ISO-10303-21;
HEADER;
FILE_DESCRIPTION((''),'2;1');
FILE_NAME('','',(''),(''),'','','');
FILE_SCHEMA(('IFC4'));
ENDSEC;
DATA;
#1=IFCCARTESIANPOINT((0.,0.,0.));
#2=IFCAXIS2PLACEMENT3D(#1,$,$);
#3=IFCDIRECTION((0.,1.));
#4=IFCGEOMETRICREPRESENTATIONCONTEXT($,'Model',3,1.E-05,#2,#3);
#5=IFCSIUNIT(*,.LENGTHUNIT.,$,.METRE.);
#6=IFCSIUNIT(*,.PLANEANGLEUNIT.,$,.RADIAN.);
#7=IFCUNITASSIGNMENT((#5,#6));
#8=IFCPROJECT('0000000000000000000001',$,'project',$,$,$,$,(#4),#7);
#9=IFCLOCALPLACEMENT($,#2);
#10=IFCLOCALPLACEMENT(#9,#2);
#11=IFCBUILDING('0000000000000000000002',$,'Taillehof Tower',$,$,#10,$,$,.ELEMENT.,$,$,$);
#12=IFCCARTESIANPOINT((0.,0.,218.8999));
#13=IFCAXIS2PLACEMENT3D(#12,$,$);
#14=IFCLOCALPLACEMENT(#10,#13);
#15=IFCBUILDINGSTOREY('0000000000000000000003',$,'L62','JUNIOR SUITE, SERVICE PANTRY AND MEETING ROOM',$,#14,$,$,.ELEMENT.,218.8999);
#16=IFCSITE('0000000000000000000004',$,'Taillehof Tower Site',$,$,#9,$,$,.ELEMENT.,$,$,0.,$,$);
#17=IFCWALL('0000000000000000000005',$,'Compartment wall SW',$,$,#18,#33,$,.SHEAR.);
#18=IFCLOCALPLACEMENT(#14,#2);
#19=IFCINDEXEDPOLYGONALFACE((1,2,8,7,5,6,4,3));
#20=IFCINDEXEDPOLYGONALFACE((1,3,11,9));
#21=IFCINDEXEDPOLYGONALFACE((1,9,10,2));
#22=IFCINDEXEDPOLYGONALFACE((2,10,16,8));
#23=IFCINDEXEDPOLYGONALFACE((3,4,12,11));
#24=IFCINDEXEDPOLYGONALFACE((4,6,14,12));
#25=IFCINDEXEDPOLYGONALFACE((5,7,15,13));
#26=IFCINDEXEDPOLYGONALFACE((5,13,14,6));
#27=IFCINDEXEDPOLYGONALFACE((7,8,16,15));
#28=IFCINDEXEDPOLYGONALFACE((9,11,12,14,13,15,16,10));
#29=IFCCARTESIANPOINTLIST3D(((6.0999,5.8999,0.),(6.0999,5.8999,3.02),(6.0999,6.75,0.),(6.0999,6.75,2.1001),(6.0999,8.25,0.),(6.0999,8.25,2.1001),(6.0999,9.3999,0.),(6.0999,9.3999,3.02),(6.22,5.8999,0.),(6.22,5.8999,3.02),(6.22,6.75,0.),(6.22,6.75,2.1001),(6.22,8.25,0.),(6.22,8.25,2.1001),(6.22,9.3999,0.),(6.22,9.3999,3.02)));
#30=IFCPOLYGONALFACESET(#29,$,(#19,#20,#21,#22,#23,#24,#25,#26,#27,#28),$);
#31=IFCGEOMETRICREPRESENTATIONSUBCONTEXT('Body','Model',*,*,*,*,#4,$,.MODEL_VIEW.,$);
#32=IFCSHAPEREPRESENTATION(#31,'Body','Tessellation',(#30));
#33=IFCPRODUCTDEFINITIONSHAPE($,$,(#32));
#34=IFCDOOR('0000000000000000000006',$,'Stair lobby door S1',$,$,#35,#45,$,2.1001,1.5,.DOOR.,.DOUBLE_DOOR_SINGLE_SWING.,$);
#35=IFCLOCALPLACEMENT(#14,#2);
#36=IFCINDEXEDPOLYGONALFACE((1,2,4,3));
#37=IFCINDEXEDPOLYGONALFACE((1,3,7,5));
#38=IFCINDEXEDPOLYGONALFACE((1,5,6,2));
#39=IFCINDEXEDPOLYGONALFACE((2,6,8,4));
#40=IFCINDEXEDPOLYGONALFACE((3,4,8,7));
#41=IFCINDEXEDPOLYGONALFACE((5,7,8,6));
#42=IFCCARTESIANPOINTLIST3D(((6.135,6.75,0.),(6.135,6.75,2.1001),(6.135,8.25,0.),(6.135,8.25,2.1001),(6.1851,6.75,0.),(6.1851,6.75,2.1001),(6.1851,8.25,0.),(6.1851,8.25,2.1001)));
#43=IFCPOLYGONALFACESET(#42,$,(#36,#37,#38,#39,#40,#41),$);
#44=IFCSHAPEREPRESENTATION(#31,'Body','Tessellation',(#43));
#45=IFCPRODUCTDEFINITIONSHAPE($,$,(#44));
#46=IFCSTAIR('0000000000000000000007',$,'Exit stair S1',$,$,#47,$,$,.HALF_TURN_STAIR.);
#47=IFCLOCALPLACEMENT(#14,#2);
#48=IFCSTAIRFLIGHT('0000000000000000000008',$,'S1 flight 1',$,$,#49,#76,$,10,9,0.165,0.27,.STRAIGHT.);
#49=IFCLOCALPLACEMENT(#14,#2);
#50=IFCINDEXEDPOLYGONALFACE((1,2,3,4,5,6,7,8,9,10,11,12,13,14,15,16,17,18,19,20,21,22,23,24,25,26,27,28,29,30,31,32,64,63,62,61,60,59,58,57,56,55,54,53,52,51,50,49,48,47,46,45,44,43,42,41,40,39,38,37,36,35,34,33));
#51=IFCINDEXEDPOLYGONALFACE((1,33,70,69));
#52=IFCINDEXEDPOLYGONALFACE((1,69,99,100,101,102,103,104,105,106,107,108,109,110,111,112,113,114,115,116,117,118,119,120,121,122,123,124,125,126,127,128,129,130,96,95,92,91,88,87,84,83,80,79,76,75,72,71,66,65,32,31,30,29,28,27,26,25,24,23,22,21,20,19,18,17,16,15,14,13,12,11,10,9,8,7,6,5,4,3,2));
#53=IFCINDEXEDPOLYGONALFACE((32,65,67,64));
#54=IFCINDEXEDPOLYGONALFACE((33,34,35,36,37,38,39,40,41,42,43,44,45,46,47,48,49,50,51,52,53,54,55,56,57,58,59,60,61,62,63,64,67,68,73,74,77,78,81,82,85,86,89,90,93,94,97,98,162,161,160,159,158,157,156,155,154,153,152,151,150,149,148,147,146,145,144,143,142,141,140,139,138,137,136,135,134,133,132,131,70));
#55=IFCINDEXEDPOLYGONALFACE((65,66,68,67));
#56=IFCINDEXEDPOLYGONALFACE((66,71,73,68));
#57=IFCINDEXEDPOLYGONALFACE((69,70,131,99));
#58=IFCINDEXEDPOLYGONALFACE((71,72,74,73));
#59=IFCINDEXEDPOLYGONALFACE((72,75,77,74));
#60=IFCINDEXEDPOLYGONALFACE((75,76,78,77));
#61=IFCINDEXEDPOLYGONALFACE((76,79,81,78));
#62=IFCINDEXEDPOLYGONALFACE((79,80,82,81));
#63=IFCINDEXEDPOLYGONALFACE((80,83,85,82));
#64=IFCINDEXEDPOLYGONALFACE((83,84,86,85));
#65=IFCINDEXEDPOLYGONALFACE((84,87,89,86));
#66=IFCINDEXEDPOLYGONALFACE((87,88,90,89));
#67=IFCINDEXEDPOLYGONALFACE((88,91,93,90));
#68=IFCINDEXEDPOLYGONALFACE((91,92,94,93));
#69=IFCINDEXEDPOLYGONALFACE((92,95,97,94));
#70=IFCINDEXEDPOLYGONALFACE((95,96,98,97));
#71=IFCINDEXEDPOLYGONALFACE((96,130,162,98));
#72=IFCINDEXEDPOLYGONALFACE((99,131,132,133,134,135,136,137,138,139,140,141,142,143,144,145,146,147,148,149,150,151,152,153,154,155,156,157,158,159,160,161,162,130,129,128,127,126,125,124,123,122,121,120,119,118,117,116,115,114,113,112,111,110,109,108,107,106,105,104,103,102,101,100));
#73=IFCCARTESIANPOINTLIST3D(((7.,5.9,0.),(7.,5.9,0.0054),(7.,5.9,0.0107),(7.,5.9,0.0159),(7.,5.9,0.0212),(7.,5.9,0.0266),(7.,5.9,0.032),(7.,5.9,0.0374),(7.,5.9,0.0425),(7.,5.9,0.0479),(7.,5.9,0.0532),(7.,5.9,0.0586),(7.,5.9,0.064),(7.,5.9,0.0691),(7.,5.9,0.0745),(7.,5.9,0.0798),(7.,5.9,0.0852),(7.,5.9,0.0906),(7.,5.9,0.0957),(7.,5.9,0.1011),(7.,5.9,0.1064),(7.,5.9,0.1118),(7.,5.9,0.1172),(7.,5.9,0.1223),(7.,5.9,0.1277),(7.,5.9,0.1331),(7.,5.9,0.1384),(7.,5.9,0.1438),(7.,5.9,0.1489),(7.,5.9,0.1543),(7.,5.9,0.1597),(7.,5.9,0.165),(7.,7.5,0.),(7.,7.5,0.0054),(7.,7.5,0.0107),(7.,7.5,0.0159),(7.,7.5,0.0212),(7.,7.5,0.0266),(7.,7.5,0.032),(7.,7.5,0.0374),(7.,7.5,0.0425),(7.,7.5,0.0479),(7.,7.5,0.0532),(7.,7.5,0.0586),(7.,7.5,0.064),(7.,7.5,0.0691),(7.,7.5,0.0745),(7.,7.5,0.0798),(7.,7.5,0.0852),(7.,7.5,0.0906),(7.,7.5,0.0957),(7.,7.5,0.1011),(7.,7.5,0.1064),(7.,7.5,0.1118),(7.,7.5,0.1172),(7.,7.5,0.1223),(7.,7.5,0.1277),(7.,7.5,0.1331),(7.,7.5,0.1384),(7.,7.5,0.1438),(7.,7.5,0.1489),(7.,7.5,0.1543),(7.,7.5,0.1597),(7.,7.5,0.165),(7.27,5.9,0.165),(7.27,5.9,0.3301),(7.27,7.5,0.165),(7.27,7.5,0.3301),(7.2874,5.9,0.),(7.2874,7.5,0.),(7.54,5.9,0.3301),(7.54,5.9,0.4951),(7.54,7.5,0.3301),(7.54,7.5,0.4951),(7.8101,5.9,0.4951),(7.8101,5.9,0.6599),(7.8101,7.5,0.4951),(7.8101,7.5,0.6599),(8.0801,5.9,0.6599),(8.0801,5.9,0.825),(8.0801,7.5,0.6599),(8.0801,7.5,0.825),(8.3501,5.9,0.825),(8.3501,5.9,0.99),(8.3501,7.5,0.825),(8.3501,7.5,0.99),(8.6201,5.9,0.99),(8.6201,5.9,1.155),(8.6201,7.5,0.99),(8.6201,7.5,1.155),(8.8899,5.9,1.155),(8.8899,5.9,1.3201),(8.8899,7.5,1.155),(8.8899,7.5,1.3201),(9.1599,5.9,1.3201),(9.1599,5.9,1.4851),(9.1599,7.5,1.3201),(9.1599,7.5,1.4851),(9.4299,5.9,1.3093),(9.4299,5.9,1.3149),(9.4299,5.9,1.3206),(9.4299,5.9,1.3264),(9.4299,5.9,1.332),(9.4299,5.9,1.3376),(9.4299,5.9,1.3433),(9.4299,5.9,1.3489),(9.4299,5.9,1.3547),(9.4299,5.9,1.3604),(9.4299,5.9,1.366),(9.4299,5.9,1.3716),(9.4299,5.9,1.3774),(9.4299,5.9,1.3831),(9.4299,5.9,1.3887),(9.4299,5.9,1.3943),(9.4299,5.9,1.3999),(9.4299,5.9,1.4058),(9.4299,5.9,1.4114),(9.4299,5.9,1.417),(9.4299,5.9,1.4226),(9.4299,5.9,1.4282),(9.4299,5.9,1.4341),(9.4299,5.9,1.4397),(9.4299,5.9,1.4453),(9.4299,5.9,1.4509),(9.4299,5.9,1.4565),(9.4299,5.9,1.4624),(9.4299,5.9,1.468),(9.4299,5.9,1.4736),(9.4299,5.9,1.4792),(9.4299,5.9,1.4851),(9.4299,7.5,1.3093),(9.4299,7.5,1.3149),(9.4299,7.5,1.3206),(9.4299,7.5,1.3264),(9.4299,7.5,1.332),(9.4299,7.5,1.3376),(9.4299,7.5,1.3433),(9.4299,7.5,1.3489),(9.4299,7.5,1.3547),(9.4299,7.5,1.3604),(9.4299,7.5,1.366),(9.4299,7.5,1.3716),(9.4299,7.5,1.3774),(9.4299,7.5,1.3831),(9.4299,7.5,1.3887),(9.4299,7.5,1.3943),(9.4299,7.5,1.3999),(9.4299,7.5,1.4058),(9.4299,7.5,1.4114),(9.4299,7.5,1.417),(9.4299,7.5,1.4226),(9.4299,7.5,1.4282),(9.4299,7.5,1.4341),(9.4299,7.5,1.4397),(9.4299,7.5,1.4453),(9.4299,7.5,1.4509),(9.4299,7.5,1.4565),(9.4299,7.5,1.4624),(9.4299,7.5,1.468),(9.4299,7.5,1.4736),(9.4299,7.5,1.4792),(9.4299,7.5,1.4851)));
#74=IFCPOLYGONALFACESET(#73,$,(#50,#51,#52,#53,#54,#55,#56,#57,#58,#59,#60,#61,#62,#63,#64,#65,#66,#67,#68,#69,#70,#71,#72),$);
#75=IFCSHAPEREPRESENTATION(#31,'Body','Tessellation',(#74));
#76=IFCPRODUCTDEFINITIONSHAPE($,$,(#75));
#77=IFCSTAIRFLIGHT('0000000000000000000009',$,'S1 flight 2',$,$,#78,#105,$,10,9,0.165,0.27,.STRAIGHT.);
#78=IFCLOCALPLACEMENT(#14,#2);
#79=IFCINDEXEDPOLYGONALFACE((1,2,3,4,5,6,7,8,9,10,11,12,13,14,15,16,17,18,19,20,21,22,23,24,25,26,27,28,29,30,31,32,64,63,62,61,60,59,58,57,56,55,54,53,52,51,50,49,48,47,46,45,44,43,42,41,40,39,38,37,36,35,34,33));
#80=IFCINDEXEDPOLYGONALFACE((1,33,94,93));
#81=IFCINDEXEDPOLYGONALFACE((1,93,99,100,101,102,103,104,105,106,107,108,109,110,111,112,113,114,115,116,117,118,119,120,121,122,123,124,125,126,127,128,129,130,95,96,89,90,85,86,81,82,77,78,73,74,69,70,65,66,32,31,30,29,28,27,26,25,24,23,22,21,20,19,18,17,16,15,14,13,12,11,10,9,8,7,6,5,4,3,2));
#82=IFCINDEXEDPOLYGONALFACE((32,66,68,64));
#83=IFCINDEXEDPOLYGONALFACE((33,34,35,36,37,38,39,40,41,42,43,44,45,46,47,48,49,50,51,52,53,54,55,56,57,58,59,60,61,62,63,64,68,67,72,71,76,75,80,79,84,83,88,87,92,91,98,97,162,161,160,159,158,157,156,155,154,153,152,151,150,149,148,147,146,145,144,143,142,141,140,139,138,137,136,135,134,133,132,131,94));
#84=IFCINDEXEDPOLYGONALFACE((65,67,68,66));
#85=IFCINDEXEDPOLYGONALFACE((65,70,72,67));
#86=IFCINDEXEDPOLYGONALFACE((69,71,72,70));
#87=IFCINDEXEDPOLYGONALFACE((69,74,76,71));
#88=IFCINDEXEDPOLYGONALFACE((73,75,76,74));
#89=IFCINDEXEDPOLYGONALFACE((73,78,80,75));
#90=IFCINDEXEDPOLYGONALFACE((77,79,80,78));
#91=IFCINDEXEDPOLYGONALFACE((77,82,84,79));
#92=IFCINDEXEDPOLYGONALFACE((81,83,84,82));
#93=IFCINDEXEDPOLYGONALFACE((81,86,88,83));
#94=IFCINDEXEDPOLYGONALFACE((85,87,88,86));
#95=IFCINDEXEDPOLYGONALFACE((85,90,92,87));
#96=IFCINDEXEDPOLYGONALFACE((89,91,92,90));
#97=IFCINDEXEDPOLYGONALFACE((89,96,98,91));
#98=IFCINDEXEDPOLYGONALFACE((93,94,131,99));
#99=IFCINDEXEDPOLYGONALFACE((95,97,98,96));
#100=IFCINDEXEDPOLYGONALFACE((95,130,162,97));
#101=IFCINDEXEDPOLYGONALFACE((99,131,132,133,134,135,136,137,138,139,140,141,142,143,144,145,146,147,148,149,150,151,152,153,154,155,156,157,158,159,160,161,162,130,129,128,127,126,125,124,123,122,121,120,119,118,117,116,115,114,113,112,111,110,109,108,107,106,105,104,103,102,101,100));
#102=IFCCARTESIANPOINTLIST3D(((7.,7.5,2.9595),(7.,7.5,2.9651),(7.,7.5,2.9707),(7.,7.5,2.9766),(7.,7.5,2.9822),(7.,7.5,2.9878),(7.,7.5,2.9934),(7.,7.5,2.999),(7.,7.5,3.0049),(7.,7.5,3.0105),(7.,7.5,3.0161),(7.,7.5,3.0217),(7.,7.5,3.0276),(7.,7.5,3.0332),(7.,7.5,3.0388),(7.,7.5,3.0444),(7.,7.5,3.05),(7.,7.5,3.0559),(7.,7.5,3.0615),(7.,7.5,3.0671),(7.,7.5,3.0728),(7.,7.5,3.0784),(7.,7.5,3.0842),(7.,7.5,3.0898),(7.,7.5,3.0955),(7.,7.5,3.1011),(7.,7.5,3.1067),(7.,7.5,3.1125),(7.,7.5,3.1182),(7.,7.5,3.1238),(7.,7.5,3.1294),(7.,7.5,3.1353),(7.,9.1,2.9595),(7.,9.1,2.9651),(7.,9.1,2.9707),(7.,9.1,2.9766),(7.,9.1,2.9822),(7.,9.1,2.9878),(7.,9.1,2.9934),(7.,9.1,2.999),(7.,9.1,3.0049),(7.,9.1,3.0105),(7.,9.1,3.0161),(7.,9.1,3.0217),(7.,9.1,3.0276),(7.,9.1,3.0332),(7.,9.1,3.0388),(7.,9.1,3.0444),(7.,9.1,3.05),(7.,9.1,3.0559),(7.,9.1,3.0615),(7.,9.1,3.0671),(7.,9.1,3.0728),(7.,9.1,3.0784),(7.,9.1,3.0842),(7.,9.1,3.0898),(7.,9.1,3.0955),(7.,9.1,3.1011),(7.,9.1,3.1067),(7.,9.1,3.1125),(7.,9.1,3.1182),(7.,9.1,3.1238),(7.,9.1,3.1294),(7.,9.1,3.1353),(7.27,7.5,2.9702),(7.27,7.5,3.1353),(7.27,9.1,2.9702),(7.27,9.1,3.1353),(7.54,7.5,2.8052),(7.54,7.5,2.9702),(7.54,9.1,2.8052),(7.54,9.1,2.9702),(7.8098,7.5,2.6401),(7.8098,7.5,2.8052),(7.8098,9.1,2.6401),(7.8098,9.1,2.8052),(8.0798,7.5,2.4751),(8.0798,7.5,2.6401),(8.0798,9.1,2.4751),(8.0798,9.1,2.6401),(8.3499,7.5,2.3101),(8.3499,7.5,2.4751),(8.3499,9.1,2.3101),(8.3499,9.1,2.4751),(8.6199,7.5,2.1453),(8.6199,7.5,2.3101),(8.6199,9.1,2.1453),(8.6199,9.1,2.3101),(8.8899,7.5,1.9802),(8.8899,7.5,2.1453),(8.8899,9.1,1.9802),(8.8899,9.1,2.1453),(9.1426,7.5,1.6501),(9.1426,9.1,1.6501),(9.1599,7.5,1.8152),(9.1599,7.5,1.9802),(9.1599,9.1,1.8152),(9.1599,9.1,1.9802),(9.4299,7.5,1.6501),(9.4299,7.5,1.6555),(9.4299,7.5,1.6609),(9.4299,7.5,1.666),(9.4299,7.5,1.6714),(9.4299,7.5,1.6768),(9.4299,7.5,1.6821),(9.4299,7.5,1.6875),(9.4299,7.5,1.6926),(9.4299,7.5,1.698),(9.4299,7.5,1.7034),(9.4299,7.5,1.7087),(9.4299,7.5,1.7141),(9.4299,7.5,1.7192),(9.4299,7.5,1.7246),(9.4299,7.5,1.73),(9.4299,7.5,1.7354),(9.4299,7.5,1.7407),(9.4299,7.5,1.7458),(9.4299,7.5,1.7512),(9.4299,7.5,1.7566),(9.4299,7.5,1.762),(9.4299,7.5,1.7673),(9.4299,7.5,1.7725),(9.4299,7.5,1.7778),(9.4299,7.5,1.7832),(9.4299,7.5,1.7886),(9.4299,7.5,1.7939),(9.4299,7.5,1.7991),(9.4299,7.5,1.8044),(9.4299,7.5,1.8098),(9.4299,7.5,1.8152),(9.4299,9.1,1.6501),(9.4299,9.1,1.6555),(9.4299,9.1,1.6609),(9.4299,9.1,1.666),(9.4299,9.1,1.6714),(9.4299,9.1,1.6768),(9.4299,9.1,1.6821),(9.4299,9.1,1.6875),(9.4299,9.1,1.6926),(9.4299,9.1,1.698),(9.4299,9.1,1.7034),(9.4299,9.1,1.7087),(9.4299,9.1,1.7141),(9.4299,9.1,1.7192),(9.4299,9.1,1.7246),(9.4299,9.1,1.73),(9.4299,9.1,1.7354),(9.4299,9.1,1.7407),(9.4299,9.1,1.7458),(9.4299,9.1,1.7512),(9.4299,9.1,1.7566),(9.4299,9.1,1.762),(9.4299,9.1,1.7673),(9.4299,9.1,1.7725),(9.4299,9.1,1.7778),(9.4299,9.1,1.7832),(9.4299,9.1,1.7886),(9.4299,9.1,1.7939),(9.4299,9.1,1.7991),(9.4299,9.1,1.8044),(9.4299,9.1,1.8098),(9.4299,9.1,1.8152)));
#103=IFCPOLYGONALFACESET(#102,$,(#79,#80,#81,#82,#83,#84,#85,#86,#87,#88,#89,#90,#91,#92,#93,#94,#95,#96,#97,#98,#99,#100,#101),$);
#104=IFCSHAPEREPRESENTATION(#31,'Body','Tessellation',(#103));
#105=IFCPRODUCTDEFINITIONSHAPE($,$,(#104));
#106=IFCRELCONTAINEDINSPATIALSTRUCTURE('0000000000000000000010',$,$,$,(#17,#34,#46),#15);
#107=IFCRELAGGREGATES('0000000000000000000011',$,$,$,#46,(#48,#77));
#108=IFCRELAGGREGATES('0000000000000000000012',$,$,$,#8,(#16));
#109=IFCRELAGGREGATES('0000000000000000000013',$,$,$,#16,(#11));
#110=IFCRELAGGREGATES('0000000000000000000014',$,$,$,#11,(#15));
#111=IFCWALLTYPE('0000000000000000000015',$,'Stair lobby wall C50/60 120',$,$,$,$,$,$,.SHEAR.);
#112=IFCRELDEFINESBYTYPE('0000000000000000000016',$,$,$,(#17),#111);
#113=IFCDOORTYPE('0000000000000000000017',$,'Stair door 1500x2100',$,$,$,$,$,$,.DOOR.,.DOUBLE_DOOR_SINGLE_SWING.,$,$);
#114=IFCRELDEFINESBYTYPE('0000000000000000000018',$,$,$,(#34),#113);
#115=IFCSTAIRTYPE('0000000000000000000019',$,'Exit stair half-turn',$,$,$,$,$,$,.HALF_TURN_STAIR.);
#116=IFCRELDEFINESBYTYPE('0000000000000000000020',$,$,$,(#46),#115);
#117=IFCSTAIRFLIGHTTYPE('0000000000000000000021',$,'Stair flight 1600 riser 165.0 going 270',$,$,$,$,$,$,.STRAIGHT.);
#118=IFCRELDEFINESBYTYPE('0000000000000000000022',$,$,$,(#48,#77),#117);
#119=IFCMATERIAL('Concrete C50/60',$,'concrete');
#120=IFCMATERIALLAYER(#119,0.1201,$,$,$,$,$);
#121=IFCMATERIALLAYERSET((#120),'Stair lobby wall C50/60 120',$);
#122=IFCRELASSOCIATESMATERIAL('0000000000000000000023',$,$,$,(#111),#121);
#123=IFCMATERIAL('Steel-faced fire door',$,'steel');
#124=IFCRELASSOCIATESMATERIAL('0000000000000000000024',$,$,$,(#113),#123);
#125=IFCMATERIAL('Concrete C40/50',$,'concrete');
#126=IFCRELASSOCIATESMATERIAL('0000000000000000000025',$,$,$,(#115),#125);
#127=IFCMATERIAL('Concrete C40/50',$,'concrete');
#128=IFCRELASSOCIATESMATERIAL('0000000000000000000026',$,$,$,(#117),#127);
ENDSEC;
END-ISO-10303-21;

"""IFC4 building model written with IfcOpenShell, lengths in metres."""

from ifc_helpers import new_model, si_unit, direction, frame, frame_2d, origin, place, context, subcontext, project, spatial, polyline, rectangle, outline, extrude, material, layer, layer_set, type_object, element, fill, aggregate, save


model = new_model("IFC4")

# Units and contexts
model_context = context("Model", 3, precision=1e-05, world=origin(), true_north=direction((0.0, 1.0)))
body_context = subcontext(model_context, "Body", "Model", "MODEL_VIEW")
ifc_project = project(units=[si_unit("LENGTHUNIT", "METRE"), si_unit("PLANEANGLEUNIT", "RADIAN")], contexts=[model_context])

# Site, building, storey
site_placement = place(None, origin())
site = spatial("IfcSite", under=ifc_project, at=site_placement, Name="Taillehof Tower Site", CompositionType="ELEMENT", RefElevation=0.0)
building_placement = place(site_placement, origin())
building = spatial("IfcBuilding", under=site, at=building_placement, Name="Taillehof Tower", CompositionType="ELEMENT")
storey_placement = place(building_placement, frame((0.0, 0.0, 218.8999)))
storey = spatial("IfcBuildingStorey", under=building, at=storey_placement, Name="L62", Description="JUNIOR SUITE, SERVICE PANTRY AND MEETING ROOM", CompositionType="ELEMENT", Elevation=218.8999)

# Wall, opening, door
ifc_material_1 = material(Name="Concrete C50/60", Category="concrete")
ifc_layer_1 = layer(ifc_material_1, 0.1201)
ifc_layer_set_1 = layer_set([ifc_layer_1], Name="Stair lobby wall C50/60 120")
wall_type_1 = type_object("IfcWallType", Name="Stair lobby wall C50/60 120", PredefinedType="SHEAR", material=ifc_layer_set_1)
wall_1_placement = place(storey_placement, frame((6.1599, 5.8999, 0.0), z_axis=(0.0, 0.0, 1.0), x_axis=(0.0, 1.0, 0.0)))
wall_1 = element("IfcWall", 1, at=wall_1_placement, inside=storey, type_object=wall_type_1, Name="Compartment wall SW", PredefinedType="SHEAR", context=body_context, shape_type="SweptSolid", body=[
    extrude(rectangle(XDim=3.5, YDim=0.1201, at=frame_2d((1.75, 0.0))), origin(), (0.0, 0.0, 1.0), 3.02),
])
opening_1_placement = place(wall_1_placement, frame((0.8501, 0.0, 0.0)))
opening_1 = element("IfcOpeningElement", 2, at=opening_1_placement, cuts=wall_1, PredefinedType="OPENING", context=body_context, shape_type="SweptSolid", body=[
    extrude(rectangle(XDim=1.5, YDim=2.1001, at=frame_2d((0.75, 1.05))), frame((0.0, 0.0701, 0.0), z_axis=(0.0, -1.0, 0.0), x_axis=(1.0, 0.0, 0.0)), (0.0, 0.0, 1.0), 0.1401),
])
ifc_material_2 = material(Name="Steel-faced fire door", Category="steel")
door_type_1 = type_object("IfcDoorType", Name="Stair door 1500x2100", OperationType="DOUBLE_DOOR_SINGLE_SWING", PredefinedType="DOOR", material=ifc_material_2)
door_1_placement = place(opening_1_placement, origin())
door_1 = element("IfcDoor", 3, at=door_1_placement, inside=storey, type_object=door_type_1, Name="Stair lobby door S1", OperationType="DOUBLE_DOOR_SINGLE_SWING", OverallHeight=2.1001, OverallWidth=1.5, PredefinedType="DOOR", context=body_context, shape_type="SweptSolid", body=[
    extrude(rectangle(XDim=1.5, YDim=2.1001, at=frame_2d((0.75, 1.05))), frame((0.0, 0.0249, 0.0), z_axis=(0.0, -1.0, 0.0), x_axis=(1.0, 0.0, 0.0)), (0.0, 0.0, 1.0), 0.05),
])
fill(opening_1, door_1)

# Stair, stair flights
ifc_material_3 = material(Name="Concrete C40/50", Category="concrete")
stair_type = type_object("IfcStairType", Name="Exit stair half-turn", PredefinedType="HALF_TURN_STAIR", material=ifc_material_3)
stair_placement = place(storey_placement, origin())
stair = element("IfcStair", 4, at=stair_placement, inside=storey, type_object=stair_type, Name="Exit stair S1", PredefinedType="HALF_TURN_STAIR")
ifc_material_4 = material(Name="Concrete C40/50", Category="concrete")
stair_flight_type = type_object("IfcStairFlightType", Name="Stair flight 1600 riser 165.0 going 270", PredefinedType="STRAIGHT", material=ifc_material_4)
stair_flight_1_placement = place(storey_placement, frame((7.0, 6.7, 0.0), z_axis=(0.0, 0.0, 1.0), x_axis=(1.0, 0.0, 0.0)))
stair_flight_1 = element("IfcStairFlight", 5, at=stair_flight_1_placement, type_object=stair_flight_type, Name="S1 flight 1", NumberOfRisers=10, NumberOfTreads=9, PredefinedType="STRAIGHT", RiserHeight=0.165, TreadLength=0.27, context=body_context, shape_type="SweptSolid", body=[
    extrude(outline(polyline([(0.0, 0.0), (0.0, 0.0054), (0.0, 0.0107), (0.0, 0.0159), (0.0, 0.0212), (0.0, 0.0266), (0.0, 0.032), (0.0, 0.0374), (0.0, 0.0425), (0.0, 0.0479), (0.0, 0.0532), (0.0, 0.0586), (0.0, 0.064), (0.0, 0.0691), (0.0, 0.0745), (0.0, 0.0798), (0.0, 0.0852), (0.0, 0.0906), (0.0, 0.0957), (0.0, 0.1011), (0.0, 0.1064), (0.0, 0.1118), (0.0, 0.1172), (0.0, 0.1223), (0.0, 0.1277), (0.0, 0.1331), (0.0, 0.1384), (0.0, 0.1438), (0.0, 0.1489), (0.0, 0.1543), (0.0, 0.1597), (0.0, 0.165), (0.27, 0.165), (0.27, 0.3301), (0.54, 0.3301), (0.54, 0.4951), (0.8101, 0.4951), (0.8101, 0.6599), (1.0801, 0.6599), (1.0801, 0.825), (1.3501, 0.825), (1.3501, 0.99), (1.6201, 0.99), (1.6201, 1.155), (1.8899, 1.155), (1.8899, 1.3201), (2.1599, 1.3201), (2.1599, 1.4851), (2.4299, 1.4851), (2.4299, 1.4792), (2.4299, 1.4736), (2.4299, 1.468), (2.4299, 1.4624), (2.4299, 1.4565), (2.4299, 1.4509), (2.4299, 1.4453), (2.4299, 1.4397), (2.4299, 1.4341), (2.4299, 1.4282), (2.4299, 1.4226), (2.4299, 1.417), (2.4299, 1.4114), (2.4299, 1.4058), (2.4299, 1.3999), (2.4299, 1.3943), (2.4299, 1.3887), (2.4299, 1.3831), (2.4299, 1.3774), (2.4299, 1.3716), (2.4299, 1.366), (2.4299, 1.3604), (2.4299, 1.3547), (2.4299, 1.3489), (2.4299, 1.3433), (2.4299, 1.3376), (2.4299, 1.332), (2.4299, 1.3264), (2.4299, 1.3206), (2.4299, 1.3149), (2.4299, 1.3093), (0.2874, 0.0), (0.0, 0.0)])), frame((0.0, 0.8, 0.0), z_axis=(0.0, -1.0, 0.0), x_axis=(1.0, 0.0, 0.0)), (0.0, 0.0, 1.0), 1.6),
])
stair_flight_2_placement = place(storey_placement, frame((9.4299, 8.3, 1.6501), z_axis=(0.0, 0.0, 1.0), x_axis=(-1.0, 0.0, 0.0)))
stair_flight_2 = element("IfcStairFlight", 6, at=stair_flight_2_placement, type_object=stair_flight_type, Name="S1 flight 2", NumberOfRisers=10, NumberOfTreads=9, PredefinedType="STRAIGHT", RiserHeight=0.165, TreadLength=0.27, context=body_context, shape_type="SweptSolid", body=[
    extrude(outline(polyline([(0.0, 0.0), (0.0, 0.0054), (0.0, 0.0107), (0.0, 0.0159), (0.0, 0.0212), (0.0, 0.0266), (0.0, 0.032), (0.0, 0.0374), (0.0, 0.0425), (0.0, 0.0479), (0.0, 0.0532), (0.0, 0.0586), (0.0, 0.064), (0.0, 0.0691), (0.0, 0.0745), (0.0, 0.0798), (0.0, 0.0852), (0.0, 0.0906), (0.0, 0.0957), (0.0, 0.1011), (0.0, 0.1064), (0.0, 0.1118), (0.0, 0.1172), (0.0, 0.1223), (0.0, 0.1277), (0.0, 0.1331), (0.0, 0.1384), (0.0, 0.1438), (0.0, 0.1489), (0.0, 0.1543), (0.0, 0.1597), (0.0, 0.165), (0.27, 0.165), (0.27, 0.3301), (0.54, 0.3301), (0.54, 0.4951), (0.8101, 0.4951), (0.8101, 0.6599), (1.0801, 0.6599), (1.0801, 0.825), (1.3501, 0.825), (1.3501, 0.99), (1.6201, 0.99), (1.6201, 1.155), (1.8899, 1.155), (1.8899, 1.3201), (2.1599, 1.3201), (2.1599, 1.4851), (2.4299, 1.4851), (2.4299, 1.4792), (2.4299, 1.4736), (2.4299, 1.468), (2.4299, 1.4624), (2.4299, 1.4565), (2.4299, 1.4509), (2.4299, 1.4453), (2.4299, 1.4397), (2.4299, 1.4341), (2.4299, 1.4282), (2.4299, 1.4226), (2.4299, 1.417), (2.4299, 1.4114), (2.4299, 1.4058), (2.4299, 1.3999), (2.4299, 1.3943), (2.4299, 1.3887), (2.4299, 1.3831), (2.4299, 1.3774), (2.4299, 1.3716), (2.4299, 1.366), (2.4299, 1.3604), (2.4299, 1.3547), (2.4299, 1.3489), (2.4299, 1.3433), (2.4299, 1.3376), (2.4299, 1.332), (2.4299, 1.3264), (2.4299, 1.3206), (2.4299, 1.3149), (2.4299, 1.3093), (0.2874, 0.0), (0.0, 0.0)])), frame((0.0, 0.8, 0.0), z_axis=(0.0, -1.0, 0.0), x_axis=(1.0, 0.0, 0.0)), (0.0, 0.0, 1.0), 1.6),
])
aggregate(stair, [stair_flight_1, stair_flight_2])

save(model, "model.ifc")
